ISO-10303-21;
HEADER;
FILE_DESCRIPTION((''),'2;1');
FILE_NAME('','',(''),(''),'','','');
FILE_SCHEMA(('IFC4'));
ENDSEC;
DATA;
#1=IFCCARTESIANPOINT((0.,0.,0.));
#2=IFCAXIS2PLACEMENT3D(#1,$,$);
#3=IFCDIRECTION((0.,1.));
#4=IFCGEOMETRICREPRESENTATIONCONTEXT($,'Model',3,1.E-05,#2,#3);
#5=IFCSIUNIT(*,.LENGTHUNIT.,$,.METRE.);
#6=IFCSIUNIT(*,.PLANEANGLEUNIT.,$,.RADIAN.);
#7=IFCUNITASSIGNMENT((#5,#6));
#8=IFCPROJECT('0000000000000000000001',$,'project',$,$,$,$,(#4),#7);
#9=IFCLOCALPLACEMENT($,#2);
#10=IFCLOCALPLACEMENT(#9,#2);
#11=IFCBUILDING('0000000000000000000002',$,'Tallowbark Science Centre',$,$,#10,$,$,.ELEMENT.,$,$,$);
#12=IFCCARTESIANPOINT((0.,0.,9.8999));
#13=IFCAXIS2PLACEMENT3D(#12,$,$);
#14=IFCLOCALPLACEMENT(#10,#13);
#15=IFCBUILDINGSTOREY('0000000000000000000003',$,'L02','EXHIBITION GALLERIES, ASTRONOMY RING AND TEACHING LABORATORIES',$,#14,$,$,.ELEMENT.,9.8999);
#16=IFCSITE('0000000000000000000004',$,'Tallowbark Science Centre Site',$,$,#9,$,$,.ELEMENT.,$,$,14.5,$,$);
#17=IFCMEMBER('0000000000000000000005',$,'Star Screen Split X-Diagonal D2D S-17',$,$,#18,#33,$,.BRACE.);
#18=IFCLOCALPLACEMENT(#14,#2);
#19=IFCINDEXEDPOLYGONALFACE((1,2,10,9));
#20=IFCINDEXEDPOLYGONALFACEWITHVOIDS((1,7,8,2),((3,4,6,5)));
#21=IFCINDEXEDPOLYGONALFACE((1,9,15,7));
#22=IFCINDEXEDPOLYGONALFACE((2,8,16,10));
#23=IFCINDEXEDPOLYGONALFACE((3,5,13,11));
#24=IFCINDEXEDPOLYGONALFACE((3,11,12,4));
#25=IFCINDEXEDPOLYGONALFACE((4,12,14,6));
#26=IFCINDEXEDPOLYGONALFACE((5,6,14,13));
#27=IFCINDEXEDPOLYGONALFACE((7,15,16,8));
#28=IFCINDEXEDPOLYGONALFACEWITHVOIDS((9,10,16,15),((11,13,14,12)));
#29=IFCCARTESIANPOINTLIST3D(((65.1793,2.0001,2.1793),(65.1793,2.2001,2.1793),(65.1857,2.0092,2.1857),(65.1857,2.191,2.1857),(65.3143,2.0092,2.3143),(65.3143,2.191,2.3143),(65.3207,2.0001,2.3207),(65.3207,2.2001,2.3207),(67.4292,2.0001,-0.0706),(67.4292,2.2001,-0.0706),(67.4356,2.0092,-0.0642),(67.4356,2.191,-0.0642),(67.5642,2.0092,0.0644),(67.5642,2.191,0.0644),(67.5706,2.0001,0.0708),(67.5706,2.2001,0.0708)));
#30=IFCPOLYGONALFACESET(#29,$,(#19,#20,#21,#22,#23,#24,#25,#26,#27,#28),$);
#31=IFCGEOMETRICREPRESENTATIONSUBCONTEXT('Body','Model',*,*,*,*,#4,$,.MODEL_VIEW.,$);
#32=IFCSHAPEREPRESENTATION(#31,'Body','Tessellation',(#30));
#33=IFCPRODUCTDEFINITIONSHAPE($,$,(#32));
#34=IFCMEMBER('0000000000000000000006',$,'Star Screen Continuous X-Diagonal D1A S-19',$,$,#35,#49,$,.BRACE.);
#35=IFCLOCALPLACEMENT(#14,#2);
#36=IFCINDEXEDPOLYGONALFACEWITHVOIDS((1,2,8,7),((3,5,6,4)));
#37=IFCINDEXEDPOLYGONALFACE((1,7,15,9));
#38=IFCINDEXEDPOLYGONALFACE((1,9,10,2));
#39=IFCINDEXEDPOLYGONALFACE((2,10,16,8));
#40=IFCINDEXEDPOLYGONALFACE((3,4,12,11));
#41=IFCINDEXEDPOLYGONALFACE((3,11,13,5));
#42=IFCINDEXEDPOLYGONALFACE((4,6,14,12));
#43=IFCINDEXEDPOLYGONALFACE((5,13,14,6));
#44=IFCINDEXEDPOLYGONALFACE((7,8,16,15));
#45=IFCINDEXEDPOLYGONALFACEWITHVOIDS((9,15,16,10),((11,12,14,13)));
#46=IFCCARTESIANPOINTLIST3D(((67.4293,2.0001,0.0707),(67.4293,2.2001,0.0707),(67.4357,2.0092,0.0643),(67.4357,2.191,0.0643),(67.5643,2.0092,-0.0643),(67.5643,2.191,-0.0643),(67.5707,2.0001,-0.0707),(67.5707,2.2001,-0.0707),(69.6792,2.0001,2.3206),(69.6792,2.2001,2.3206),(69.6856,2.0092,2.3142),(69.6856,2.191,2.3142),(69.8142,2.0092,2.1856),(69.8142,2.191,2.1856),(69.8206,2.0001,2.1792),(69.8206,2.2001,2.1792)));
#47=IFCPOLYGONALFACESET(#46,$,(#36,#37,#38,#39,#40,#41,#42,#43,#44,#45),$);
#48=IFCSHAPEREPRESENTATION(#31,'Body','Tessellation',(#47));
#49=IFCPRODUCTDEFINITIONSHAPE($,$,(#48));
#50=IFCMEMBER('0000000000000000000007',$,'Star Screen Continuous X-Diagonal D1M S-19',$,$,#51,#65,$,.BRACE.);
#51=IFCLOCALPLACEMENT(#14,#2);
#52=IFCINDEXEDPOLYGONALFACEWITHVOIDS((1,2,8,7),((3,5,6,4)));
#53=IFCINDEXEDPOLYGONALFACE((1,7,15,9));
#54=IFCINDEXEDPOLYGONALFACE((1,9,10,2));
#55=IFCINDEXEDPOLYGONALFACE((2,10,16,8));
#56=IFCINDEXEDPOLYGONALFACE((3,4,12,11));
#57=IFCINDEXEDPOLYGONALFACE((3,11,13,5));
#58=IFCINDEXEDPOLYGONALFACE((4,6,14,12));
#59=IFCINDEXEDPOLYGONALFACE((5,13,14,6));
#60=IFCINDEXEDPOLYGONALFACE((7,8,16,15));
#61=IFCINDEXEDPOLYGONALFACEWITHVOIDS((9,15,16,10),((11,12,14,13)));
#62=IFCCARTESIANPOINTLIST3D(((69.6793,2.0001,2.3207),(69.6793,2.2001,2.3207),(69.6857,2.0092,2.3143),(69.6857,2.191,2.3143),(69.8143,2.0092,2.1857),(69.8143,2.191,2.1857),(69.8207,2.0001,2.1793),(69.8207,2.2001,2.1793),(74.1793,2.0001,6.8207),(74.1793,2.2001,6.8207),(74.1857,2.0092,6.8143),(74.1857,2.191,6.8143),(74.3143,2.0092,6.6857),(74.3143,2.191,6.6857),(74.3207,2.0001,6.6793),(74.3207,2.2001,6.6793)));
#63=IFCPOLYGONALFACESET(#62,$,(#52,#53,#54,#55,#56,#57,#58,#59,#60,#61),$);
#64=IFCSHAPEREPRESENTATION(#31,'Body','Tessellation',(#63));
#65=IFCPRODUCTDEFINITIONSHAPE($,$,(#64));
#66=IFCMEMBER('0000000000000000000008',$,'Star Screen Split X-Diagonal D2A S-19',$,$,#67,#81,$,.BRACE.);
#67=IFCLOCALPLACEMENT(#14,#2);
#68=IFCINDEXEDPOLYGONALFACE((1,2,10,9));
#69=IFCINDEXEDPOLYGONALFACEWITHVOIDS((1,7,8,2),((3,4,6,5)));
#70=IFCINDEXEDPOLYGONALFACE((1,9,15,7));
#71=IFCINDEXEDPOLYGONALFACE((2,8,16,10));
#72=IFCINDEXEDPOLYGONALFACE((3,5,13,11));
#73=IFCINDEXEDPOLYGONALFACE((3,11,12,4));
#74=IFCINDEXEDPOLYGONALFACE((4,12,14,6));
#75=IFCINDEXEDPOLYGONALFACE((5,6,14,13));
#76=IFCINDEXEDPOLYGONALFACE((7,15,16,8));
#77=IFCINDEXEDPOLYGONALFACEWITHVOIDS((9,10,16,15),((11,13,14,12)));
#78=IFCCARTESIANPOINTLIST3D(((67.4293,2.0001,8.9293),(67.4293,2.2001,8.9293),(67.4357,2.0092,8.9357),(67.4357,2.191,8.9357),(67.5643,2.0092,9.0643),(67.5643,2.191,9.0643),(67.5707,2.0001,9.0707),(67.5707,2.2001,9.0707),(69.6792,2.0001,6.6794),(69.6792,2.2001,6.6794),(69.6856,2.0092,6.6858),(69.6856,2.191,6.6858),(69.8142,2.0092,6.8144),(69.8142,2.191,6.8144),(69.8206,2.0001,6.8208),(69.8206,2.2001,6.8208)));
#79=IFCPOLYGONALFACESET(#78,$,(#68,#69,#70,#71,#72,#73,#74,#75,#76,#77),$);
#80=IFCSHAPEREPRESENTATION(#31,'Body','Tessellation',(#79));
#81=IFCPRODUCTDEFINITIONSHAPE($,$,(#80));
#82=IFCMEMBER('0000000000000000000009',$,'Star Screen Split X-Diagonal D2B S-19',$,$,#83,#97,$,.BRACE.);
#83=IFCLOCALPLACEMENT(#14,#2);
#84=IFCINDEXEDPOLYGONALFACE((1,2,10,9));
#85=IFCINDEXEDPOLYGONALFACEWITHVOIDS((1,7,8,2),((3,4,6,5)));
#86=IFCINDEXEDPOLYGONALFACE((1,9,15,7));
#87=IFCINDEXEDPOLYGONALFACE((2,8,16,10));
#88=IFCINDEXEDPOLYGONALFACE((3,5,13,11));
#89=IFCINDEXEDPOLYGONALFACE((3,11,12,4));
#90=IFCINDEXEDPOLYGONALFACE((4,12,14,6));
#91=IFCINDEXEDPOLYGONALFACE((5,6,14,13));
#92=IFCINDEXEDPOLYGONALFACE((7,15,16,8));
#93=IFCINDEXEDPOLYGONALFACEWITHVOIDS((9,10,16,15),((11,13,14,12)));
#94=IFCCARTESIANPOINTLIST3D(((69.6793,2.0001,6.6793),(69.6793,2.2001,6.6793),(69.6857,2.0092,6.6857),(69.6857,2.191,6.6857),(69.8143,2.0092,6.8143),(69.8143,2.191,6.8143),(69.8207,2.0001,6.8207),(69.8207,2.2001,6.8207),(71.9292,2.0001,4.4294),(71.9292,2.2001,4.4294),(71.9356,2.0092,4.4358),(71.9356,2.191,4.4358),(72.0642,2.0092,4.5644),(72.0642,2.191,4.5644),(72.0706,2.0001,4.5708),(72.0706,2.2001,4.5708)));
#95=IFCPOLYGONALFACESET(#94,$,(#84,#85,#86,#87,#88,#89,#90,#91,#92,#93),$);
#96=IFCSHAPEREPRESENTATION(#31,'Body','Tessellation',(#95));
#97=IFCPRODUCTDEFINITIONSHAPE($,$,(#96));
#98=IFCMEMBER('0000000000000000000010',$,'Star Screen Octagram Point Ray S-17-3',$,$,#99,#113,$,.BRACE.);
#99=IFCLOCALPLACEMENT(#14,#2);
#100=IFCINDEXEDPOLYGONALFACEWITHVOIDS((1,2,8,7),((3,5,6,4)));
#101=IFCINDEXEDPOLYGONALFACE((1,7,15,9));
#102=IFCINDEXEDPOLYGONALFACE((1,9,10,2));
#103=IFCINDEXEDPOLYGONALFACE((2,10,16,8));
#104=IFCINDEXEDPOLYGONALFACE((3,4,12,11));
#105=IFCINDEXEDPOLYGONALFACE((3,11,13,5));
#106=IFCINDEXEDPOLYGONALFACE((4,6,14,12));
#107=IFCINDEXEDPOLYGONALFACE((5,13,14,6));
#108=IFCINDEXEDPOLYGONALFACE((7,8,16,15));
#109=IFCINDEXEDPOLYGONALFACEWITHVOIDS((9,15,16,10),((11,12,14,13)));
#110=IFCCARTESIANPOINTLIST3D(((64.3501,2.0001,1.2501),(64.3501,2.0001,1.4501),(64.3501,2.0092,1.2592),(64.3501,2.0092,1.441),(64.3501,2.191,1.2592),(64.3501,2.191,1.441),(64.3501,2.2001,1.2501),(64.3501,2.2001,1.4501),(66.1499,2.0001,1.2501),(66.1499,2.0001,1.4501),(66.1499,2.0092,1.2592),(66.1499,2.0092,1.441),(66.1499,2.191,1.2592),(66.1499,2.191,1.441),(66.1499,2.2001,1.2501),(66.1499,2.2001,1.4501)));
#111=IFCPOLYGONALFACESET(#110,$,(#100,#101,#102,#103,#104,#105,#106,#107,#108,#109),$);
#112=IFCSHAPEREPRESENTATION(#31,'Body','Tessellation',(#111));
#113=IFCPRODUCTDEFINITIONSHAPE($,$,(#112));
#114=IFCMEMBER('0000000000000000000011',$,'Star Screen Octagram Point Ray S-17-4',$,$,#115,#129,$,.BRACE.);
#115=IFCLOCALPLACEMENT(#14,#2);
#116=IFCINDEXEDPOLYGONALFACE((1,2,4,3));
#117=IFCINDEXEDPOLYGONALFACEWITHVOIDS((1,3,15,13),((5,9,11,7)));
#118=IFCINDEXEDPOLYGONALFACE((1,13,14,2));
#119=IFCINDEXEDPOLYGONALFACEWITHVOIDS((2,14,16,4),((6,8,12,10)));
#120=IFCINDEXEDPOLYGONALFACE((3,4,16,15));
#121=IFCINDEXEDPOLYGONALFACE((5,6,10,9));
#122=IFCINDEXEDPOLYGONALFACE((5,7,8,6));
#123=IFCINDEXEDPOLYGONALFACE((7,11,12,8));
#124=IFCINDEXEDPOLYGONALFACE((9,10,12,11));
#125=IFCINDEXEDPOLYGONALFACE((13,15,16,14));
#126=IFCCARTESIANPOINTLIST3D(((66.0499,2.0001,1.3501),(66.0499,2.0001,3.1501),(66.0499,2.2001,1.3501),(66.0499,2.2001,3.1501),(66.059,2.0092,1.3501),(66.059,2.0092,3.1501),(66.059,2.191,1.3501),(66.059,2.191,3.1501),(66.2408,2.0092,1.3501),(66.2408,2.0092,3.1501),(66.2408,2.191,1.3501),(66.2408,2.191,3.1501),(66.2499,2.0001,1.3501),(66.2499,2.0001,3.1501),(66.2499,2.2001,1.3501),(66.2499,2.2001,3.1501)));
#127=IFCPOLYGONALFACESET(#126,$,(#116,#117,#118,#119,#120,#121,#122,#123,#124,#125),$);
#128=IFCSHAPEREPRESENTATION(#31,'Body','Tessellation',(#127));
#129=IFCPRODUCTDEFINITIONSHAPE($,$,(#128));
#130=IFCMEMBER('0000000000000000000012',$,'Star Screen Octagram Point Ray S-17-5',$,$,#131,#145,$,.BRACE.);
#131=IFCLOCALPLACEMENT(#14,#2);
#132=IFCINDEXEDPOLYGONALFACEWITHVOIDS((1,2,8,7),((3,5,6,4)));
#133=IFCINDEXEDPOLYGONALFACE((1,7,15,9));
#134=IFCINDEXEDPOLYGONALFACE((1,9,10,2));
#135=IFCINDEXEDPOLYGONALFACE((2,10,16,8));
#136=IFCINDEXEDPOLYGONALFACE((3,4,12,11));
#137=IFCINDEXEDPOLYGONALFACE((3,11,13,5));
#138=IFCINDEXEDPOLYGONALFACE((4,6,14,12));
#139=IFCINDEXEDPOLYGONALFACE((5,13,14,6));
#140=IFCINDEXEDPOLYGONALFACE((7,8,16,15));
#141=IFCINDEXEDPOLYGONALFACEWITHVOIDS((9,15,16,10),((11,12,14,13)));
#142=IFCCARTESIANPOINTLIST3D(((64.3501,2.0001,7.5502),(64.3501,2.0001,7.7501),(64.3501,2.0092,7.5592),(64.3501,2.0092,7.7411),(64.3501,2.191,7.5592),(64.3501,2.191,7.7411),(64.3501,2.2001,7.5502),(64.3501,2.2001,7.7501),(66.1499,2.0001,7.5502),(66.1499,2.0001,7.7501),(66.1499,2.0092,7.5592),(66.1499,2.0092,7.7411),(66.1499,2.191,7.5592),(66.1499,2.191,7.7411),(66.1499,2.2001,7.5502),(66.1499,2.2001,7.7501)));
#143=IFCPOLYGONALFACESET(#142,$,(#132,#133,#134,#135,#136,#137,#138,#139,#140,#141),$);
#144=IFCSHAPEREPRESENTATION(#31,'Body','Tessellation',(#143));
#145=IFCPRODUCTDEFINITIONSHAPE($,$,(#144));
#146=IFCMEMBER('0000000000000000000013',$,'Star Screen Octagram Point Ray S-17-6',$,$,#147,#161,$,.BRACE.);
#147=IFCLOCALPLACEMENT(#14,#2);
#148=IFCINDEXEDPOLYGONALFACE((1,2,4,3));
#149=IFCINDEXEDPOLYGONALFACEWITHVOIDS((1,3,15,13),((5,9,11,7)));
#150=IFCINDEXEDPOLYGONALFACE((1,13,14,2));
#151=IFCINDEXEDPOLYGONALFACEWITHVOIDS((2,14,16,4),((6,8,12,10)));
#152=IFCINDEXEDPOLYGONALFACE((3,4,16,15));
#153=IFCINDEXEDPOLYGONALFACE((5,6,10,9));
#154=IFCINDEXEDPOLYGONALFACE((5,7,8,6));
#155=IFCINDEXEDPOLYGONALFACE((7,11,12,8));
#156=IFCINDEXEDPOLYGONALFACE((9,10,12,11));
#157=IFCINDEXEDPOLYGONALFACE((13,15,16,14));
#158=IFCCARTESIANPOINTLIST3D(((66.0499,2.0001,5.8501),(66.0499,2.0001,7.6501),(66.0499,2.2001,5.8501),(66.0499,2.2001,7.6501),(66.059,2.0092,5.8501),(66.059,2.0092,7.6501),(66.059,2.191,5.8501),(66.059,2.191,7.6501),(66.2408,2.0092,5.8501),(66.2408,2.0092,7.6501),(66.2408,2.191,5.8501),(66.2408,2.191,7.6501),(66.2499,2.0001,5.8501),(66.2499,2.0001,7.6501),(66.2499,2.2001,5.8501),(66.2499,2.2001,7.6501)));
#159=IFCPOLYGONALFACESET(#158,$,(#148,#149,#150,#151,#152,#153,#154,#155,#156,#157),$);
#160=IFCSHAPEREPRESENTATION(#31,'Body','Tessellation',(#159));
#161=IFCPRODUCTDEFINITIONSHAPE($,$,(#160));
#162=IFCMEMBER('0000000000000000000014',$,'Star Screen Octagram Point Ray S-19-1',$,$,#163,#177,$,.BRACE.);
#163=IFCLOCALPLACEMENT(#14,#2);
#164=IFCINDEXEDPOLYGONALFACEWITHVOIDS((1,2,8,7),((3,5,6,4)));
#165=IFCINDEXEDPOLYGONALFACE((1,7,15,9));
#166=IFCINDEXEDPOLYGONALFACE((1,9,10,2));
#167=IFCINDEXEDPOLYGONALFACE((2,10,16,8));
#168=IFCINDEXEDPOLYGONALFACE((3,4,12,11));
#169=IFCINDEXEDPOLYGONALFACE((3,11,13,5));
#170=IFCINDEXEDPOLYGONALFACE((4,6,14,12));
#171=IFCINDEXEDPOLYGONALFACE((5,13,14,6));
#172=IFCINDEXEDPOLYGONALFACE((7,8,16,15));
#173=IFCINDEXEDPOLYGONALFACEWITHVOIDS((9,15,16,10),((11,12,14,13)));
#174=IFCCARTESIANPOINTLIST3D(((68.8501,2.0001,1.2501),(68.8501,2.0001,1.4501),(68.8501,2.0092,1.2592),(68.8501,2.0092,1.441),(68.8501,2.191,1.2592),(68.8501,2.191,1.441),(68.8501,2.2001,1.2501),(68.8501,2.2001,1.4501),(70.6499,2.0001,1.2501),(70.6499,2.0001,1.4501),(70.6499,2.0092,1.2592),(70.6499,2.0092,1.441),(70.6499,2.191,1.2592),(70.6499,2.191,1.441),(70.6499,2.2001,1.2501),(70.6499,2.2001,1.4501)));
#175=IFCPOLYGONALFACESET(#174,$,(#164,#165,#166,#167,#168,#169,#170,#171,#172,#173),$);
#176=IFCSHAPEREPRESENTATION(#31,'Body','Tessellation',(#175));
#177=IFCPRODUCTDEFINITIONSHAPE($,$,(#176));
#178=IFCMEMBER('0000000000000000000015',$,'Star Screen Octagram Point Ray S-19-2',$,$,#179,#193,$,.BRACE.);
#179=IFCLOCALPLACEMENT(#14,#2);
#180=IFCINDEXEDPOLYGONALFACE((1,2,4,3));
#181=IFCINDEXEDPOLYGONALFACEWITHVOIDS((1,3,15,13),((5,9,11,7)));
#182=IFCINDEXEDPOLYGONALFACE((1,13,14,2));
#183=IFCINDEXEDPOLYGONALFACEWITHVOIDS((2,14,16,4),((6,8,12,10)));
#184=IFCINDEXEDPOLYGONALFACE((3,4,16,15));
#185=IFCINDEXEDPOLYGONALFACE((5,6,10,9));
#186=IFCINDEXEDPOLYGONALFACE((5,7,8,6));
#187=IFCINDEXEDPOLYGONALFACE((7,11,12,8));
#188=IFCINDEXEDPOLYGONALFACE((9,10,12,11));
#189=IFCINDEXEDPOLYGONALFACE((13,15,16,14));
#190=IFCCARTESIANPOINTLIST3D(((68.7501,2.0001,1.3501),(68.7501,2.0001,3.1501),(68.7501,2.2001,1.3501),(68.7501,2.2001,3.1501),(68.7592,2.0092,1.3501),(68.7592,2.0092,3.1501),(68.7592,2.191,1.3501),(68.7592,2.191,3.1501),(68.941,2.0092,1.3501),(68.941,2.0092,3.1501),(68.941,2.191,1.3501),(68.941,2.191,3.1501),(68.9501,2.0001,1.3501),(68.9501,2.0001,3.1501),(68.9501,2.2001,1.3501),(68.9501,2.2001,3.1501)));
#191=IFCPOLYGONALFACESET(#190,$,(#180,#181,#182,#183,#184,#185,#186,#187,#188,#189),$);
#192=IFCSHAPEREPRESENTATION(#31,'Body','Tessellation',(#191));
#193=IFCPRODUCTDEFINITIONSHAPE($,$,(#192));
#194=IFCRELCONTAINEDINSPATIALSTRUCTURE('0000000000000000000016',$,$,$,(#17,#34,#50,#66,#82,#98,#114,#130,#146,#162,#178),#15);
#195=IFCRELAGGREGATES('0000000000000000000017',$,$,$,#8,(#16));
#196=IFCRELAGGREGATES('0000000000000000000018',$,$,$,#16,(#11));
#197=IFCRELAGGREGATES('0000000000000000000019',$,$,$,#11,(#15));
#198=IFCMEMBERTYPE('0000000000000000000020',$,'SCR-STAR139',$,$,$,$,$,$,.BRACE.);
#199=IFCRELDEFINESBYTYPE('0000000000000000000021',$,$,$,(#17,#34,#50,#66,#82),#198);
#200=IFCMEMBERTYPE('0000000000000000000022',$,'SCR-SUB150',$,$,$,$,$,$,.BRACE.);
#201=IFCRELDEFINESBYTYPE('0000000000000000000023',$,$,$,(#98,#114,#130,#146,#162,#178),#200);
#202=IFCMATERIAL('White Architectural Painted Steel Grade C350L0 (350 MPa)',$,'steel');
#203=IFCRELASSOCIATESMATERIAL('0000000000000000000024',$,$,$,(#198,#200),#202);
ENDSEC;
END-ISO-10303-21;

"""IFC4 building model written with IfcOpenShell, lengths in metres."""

from ifc_helpers import new_model, si_unit, direction, frame, origin, origin_2d, place, context, subcontext, project, spatial, hollow_rectangle, extrude, material, material_profile, profile_set, type_object, element, save


model = new_model("IFC4")

# Units and contexts
model_context = context("Model", 3, precision=1e-05, world=origin(), true_north=direction((0.0, 1.0)))
body_context = subcontext(model_context, "Body", "Model", "MODEL_VIEW")
ifc_project = project(units=[si_unit("LENGTHUNIT", "METRE"), si_unit("PLANEANGLEUNIT", "RADIAN")], contexts=[model_context])

# Site, building, storey
site_placement = place(None, origin())
site = spatial("IfcSite", under=ifc_project, at=site_placement, Name="Tallowbark Science Centre Site", CompositionType="ELEMENT", RefElevation=14.5)
building_placement = place(site_placement, origin())
building = spatial("IfcBuilding", under=site, at=building_placement, Name="Tallowbark Science Centre", CompositionType="ELEMENT")
storey_placement = place(building_placement, frame((0.0, 0.0, 9.8999)))
storey = spatial("IfcBuildingStorey", under=building, at=storey_placement, Name="L02", Description="EXHIBITION GALLERIES, ASTRONOMY RING AND TEACHING LABORATORIES", CompositionType="ELEMENT", Elevation=9.8999)

# Shared definitions
ifc_material_1 = material(Name="White Architectural Painted Steel Grade C350L0 (350 MPa)", Category="steel")

# Members
ifc_material_profile_1 = material_profile(ifc_material_1, hollow_rectangle(XDim=0.2, YDim=0.2, WallThickness=0.009, at=origin_2d()), Name="200x200x9.0SHS")
ifc_profile_set_1 = profile_set([ifc_material_profile_1], Name="White Architectural Painted Steel Grade C350L0 (350 MPa)")
member_type_1 = type_object("IfcMemberType", Name="SCR-STAR139", PredefinedType="BRACE", material=ifc_profile_set_1)
for number, where, z_axis, x_axis, name in (
    (1, (65.25, 2.1001, 2.25), (0.707107, 0.0, -0.707107), (0.0, 1.0, 0.0), "Star Screen Split X-Diagonal D2D S-17"),
    (2, (67.5, 2.1001, 0.0), (0.707107, 0.0, 0.707107), (0.0, 1.0, 0.0), "Star Screen Continuous X-Diagonal D1A S-19"),
):
    element("IfcMember", number, at=place(storey_placement, frame(where, z_axis=z_axis, x_axis=x_axis)), inside=storey, type_object=member_type_1, Name=name, PredefinedType="BRACE", context=body_context, shape_type="SweptSolid", body=[
        extrude(hollow_rectangle(XDim=0.2, YDim=0.2, WallThickness=0.009, at=origin_2d()), origin(), (0.0, 0.0, 1.0), 3.1819),
    ])
member_1_placement = place(storey_placement, frame((69.75, 2.1001, 2.25), z_axis=(0.707107, 0.0, 0.707107), x_axis=(0.0, 1.0, 0.0)))
element("IfcMember", 3, at=member_1_placement, inside=storey, type_object=member_type_1, Name="Star Screen Continuous X-Diagonal D1M S-19", PredefinedType="BRACE", context=body_context, shape_type="SweptSolid", body=[
    extrude(hollow_rectangle(XDim=0.2, YDim=0.2, WallThickness=0.009, at=origin_2d()), origin(), (0.0, 0.0, 1.0), 6.364),
])
for number, where, z_axis, x_axis, name in (
    (4, (67.5, 2.1001, 9.0), (0.707107, 0.0, -0.707107), (0.0, 1.0, 0.0), "Star Screen Split X-Diagonal D2A S-19"),
    (5, (69.75, 2.1001, 6.75), (0.707107, 0.0, -0.707107), (0.0, 1.0, 0.0), "Star Screen Split X-Diagonal D2B S-19"),
):
    element("IfcMember", number, at=place(storey_placement, frame(where, z_axis=z_axis, x_axis=x_axis)), inside=storey, type_object=member_type_1, Name=name, PredefinedType="BRACE", context=body_context, shape_type="SweptSolid", body=[
        extrude(hollow_rectangle(XDim=0.2, YDim=0.2, WallThickness=0.009, at=origin_2d()), origin(), (0.0, 0.0, 1.0), 3.1819),
    ])
ifc_material_profile_2 = material_profile(ifc_material_1, hollow_rectangle(XDim=0.2, YDim=0.2, WallThickness=0.009, at=origin_2d()), Name="200x200x9.0SHS")
ifc_profile_set_2 = profile_set([ifc_material_profile_2], Name="White Architectural Painted Steel Grade C350L0 (350 MPa)")
member_type_2 = type_object("IfcMemberType", Name="SCR-SUB150", PredefinedType="BRACE", material=ifc_profile_set_2)
member_2_placement = place(storey_placement, frame((66.1499, 2.1001, 1.3501), z_axis=(-1.0, 0.0, 0.0), x_axis=(0.0, -1.0, 0.0)))
element("IfcMember", 6, at=member_2_placement, inside=storey, type_object=member_type_2, Name="Star Screen Octagram Point Ray S-17-3", PredefinedType="BRACE", context=body_context, shape_type="SweptSolid", body=[
    extrude(hollow_rectangle(XDim=0.2, YDim=0.2, WallThickness=0.009, at=origin_2d()), origin(), (0.0, 0.0, 1.0), 1.7998),
])
member_3_placement = place(storey_placement, frame((66.1499, 2.1001, 1.3501), z_axis=(0.0, 0.0, 1.0), x_axis=(1.0, 0.0, 0.0)))
element("IfcMember", 7, at=member_3_placement, inside=storey, type_object=member_type_2, Name="Star Screen Octagram Point Ray S-17-4", PredefinedType="BRACE", context=body_context, shape_type="SweptSolid", body=[
    extrude(hollow_rectangle(XDim=0.2, YDim=0.2, WallThickness=0.009, at=origin_2d()), origin(), (0.0, 0.0, 1.0), 1.8),
])
member_4_placement = place(storey_placement, frame((66.1499, 2.1001, 7.6501), z_axis=(-1.0, 0.0, 0.0), x_axis=(0.0, -1.0, 0.0)))
element("IfcMember", 8, at=member_4_placement, inside=storey, type_object=member_type_2, Name="Star Screen Octagram Point Ray S-17-5", PredefinedType="BRACE", context=body_context, shape_type="SweptSolid", body=[
    extrude(hollow_rectangle(XDim=0.2, YDim=0.2, WallThickness=0.009, at=origin_2d()), origin(), (0.0, 0.0, 1.0), 1.7998),
])
member_5_placement = place(storey_placement, frame((66.1499, 2.1001, 7.6501), z_axis=(0.0, 0.0, -1.0), x_axis=(1.0, 0.0, 0.0)))
element("IfcMember", 9, at=member_5_placement, inside=storey, type_object=member_type_2, Name="Star Screen Octagram Point Ray S-17-6", PredefinedType="BRACE", context=body_context, shape_type="SweptSolid", body=[
    extrude(hollow_rectangle(XDim=0.2, YDim=0.2, WallThickness=0.009, at=origin_2d()), origin(), (0.0, 0.0, 1.0), 1.8),
])
member_6_placement = place(storey_placement, frame((68.8501, 2.1001, 1.3501), z_axis=(1.0, 0.0, 0.0), x_axis=(0.0, 1.0, 0.0)))
element("IfcMember", 10, at=member_6_placement, inside=storey, type_object=member_type_2, Name="Star Screen Octagram Point Ray S-19-1", PredefinedType="BRACE", context=body_context, shape_type="SweptSolid", body=[
    extrude(hollow_rectangle(XDim=0.2, YDim=0.2, WallThickness=0.009, at=origin_2d()), origin(), (0.0, 0.0, 1.0), 1.7998),
])
member_7_placement = place(storey_placement, frame((68.8501, 2.1001, 1.3501), z_axis=(0.0, 0.0, 1.0), x_axis=(1.0, 0.0, 0.0)))
element("IfcMember", 11, at=member_7_placement, inside=storey, type_object=member_type_2, Name="Star Screen Octagram Point Ray S-19-2", PredefinedType="BRACE", context=body_context, shape_type="SweptSolid", body=[
    extrude(hollow_rectangle(XDim=0.2, YDim=0.2, WallThickness=0.009, at=origin_2d()), origin(), (0.0, 0.0, 1.0), 1.8),
])

save(model, "model.ifc")
